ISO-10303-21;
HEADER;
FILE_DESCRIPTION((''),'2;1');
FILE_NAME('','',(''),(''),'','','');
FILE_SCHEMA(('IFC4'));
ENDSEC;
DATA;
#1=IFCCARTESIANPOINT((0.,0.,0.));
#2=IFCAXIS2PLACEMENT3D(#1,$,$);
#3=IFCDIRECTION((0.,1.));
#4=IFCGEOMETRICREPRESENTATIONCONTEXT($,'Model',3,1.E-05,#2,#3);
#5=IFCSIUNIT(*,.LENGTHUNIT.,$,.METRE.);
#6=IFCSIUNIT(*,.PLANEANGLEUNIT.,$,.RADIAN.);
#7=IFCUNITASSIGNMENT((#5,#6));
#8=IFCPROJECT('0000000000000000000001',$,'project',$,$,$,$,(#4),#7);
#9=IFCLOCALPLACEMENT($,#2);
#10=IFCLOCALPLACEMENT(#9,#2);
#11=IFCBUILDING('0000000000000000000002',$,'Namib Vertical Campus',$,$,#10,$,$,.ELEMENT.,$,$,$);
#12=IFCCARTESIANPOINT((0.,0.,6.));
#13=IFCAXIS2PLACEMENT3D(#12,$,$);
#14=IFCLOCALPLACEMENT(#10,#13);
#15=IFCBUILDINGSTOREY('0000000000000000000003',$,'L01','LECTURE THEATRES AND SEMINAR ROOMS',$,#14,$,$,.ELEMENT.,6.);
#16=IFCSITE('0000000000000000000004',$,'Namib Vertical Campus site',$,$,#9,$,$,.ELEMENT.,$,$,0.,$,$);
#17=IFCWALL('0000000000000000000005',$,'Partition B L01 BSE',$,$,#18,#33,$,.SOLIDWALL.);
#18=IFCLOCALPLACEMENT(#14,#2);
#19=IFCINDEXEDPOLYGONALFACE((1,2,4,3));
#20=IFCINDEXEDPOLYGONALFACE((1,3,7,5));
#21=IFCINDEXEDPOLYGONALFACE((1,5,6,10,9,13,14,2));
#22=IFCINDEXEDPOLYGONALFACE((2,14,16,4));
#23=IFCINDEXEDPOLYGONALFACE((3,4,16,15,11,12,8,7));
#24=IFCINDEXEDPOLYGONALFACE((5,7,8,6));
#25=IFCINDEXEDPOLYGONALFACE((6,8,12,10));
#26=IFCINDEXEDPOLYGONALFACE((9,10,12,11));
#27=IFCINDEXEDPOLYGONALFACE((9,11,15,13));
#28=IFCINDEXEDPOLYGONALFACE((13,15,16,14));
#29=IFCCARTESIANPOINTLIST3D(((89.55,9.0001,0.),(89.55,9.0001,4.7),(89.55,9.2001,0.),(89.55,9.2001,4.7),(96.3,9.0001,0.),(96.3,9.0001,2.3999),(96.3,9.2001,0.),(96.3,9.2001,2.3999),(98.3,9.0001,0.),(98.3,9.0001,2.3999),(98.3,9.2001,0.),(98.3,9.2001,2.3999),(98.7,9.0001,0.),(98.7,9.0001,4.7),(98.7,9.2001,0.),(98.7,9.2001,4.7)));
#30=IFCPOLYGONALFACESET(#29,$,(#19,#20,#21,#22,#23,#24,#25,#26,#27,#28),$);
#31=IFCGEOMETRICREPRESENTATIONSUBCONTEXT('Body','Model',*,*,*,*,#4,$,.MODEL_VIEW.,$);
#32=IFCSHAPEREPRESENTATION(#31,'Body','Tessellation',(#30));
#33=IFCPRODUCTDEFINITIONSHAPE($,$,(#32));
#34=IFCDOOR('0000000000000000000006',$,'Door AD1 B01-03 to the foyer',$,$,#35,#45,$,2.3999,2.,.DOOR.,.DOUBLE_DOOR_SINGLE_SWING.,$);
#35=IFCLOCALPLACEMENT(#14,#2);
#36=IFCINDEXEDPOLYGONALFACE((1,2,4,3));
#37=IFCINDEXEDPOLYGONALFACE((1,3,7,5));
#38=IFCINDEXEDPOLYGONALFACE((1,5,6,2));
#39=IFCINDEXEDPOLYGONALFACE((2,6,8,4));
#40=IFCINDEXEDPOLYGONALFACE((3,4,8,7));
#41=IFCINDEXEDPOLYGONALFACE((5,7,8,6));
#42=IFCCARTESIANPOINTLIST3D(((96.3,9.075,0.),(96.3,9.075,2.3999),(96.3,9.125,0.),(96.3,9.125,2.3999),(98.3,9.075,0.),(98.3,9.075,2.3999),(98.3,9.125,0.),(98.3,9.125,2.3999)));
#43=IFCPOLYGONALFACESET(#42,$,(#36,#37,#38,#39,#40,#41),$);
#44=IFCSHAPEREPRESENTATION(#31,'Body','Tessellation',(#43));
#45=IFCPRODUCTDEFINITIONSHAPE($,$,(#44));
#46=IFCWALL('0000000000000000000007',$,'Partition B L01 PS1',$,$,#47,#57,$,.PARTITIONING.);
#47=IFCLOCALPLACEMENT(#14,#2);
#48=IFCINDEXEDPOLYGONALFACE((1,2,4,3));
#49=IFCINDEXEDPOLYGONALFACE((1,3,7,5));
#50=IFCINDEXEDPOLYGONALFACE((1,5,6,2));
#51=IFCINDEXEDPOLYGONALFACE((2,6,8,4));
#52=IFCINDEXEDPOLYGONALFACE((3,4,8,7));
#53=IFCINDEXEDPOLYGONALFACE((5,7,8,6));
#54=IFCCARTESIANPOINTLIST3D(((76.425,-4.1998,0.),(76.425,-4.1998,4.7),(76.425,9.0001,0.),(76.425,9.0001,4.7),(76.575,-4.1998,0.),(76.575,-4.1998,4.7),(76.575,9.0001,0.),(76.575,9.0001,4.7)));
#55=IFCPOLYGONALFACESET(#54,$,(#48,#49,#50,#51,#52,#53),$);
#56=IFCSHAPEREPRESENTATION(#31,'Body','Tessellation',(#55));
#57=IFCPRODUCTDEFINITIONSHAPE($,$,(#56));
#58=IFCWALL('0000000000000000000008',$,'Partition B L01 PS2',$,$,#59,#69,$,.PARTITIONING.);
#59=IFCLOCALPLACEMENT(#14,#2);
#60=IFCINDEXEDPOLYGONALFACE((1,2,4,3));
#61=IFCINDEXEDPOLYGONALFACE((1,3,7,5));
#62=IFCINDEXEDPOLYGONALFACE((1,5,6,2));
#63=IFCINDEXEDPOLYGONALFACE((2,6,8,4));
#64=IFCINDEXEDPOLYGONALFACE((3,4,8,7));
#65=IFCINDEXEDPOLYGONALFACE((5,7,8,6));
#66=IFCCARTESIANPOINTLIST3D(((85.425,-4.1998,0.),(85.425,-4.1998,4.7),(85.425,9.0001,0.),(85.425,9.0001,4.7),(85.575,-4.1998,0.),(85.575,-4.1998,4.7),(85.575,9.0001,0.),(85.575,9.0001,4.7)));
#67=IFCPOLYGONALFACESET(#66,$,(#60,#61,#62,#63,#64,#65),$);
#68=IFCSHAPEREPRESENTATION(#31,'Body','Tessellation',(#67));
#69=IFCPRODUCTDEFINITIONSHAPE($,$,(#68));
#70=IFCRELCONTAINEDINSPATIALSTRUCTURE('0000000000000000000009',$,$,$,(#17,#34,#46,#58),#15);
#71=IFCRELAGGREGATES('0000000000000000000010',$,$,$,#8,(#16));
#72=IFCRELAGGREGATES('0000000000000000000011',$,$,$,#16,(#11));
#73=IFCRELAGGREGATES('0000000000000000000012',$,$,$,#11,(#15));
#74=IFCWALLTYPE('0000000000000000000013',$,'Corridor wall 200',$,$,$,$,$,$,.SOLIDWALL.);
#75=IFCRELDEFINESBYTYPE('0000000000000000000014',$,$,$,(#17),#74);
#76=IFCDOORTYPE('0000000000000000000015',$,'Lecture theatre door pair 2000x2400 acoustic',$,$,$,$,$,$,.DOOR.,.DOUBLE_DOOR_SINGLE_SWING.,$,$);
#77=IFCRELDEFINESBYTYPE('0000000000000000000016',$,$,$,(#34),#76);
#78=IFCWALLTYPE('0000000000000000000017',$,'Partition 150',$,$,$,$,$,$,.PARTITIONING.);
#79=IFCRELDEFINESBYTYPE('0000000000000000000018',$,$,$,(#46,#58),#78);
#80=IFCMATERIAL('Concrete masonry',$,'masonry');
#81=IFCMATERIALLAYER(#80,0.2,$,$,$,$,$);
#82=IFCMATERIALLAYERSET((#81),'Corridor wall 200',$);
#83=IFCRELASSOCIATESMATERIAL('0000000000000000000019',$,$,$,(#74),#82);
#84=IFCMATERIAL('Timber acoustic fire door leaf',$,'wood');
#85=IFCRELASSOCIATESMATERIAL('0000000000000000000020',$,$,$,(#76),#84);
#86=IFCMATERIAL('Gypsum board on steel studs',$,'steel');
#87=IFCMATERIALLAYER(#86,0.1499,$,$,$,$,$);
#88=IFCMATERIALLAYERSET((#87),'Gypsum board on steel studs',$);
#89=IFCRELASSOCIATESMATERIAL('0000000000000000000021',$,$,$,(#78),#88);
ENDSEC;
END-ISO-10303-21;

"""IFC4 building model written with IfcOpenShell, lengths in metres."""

from ifc_helpers import new_model, si_unit, direction, frame, frame_2d, origin, place, context, subcontext, project, spatial, rectangle, extrude, material, layer, layer_set, type_object, element, fill, save


model = new_model("IFC4")

# Units and contexts
model_context = context("Model", 3, precision=1e-05, world=origin(), true_north=direction((0.0, 1.0)))
body_context = subcontext(model_context, "Body", "Model", "MODEL_VIEW")
ifc_project = project(units=[si_unit("LENGTHUNIT", "METRE"), si_unit("PLANEANGLEUNIT", "RADIAN")], contexts=[model_context])

# Site, building, storey
site_placement = place(None, origin())
site = spatial("IfcSite", under=ifc_project, at=site_placement, Name="Namib Vertical Campus site", CompositionType="ELEMENT", RefElevation=0.0)
building_placement = place(site_placement, origin())
building = spatial("IfcBuilding", under=site, at=building_placement, Name="Namib Vertical Campus", CompositionType="ELEMENT")
storey_placement = place(building_placement, frame((0.0, 0.0, 6.0)))
storey = spatial("IfcBuildingStorey", under=building, at=storey_placement, Name="L01", Description="LECTURE THEATRES AND SEMINAR ROOMS", CompositionType="ELEMENT", Elevation=6.0)

# Shared definitions
ifc_material_1 = material(Name="Concrete masonry", Category="masonry")
ifc_layer_1 = layer(ifc_material_1, 0.2)
ifc_layer_set_1 = layer_set([ifc_layer_1], Name="Corridor wall 200")
wall_type_1 = type_object("IfcWallType", Name="Corridor wall 200", PredefinedType="SOLIDWALL", material=ifc_layer_set_1)
ifc_material_2 = material(Name="Timber acoustic fire door leaf", Category="wood")
door_type_1 = type_object("IfcDoorType", Name="Lecture theatre door pair 2000x2400 acoustic", OperationType="DOUBLE_DOOR_SINGLE_SWING", PredefinedType="DOOR", material=ifc_material_2)

# Wall, opening, door
wall_1_placement = place(storey_placement, frame((89.55, 9.1001, 0.0), z_axis=(0.0, 0.0, 1.0), x_axis=(1.0, 0.0, 0.0)))
wall_1 = element("IfcWall", 1, at=wall_1_placement, inside=storey, type_object=wall_type_1, Name="Partition B L01 BSE", PredefinedType="SOLIDWALL", context=body_context, shape_type="SweptSolid", body=[
    extrude(rectangle(XDim=9.1499, YDim=0.2, at=frame_2d((4.575, 0.0))), origin(), (0.0, 0.0, 1.0), 4.7),
])
opening_1_placement = place(wall_1_placement, frame((6.75, 0.0, 0.0)))
opening_1 = element("IfcOpeningElement", 2, at=opening_1_placement, cuts=wall_1, PredefinedType="OPENING", context=body_context, shape_type="SweptSolid", body=[
    extrude(rectangle(XDim=2.0, YDim=2.3999, at=frame_2d((1.0, 1.2))), frame((0.0, 0.1099, 0.0), z_axis=(0.0, -1.0, 0.0), x_axis=(1.0, 0.0, 0.0)), (0.0, 0.0, 1.0), 0.22),
])
door_1_placement = place(opening_1_placement, origin())
door_1 = element("IfcDoor", 3, at=door_1_placement, inside=storey, type_object=door_type_1, Name="Door AD1 B01-03 to the foyer", OperationType="DOUBLE_DOOR_SINGLE_SWING", OverallHeight=2.3999, OverallWidth=2.0, PredefinedType="DOOR", context=body_context, shape_type="SweptSolid", body=[
    extrude(rectangle(XDim=2.0, YDim=2.3999, at=frame_2d((1.0, 1.2))), frame((0.0, 0.0249, 0.0), z_axis=(0.0, -1.0, 0.0), x_axis=(1.0, 0.0, 0.0)), (0.0, 0.0, 1.0), 0.05),
])
fill(opening_1, door_1)

# Walls
ifc_material_3 = material(Name="Gypsum board on steel studs", Category="steel")
ifc_layer_2 = layer(ifc_material_3, 0.1499)
ifc_layer_set_2 = layer_set([ifc_layer_2], Name="Gypsum board on steel studs")
wall_type_2 = type_object("IfcWallType", Name="Partition 150", PredefinedType="PARTITIONING", material=ifc_layer_set_2)
for number, where, z_axis, x_axis, name in (
    (4, (76.5, -4.2, 0.0), (0.0, 0.0, 1.0), (0.0, 1.0, 0.0), "Partition B L01 PS1"),
    (5, (85.5, -4.2, 0.0), (0.0, 0.0, 1.0), (0.0, 1.0, 0.0), "Partition B L01 PS2"),
):
    element("IfcWall", number, at=place(storey_placement, frame(where, z_axis=z_axis, x_axis=x_axis)), inside=storey, type_object=wall_type_2, Name=name, PredefinedType="PARTITIONING", context=body_context, shape_type="SweptSolid", body=[
        extrude(rectangle(XDim=13.2, YDim=0.1499, at=frame_2d((6.6001, 0.0))), origin(), (0.0, 0.0, 1.0), 4.7),
    ])

save(model, "model.ifc")
